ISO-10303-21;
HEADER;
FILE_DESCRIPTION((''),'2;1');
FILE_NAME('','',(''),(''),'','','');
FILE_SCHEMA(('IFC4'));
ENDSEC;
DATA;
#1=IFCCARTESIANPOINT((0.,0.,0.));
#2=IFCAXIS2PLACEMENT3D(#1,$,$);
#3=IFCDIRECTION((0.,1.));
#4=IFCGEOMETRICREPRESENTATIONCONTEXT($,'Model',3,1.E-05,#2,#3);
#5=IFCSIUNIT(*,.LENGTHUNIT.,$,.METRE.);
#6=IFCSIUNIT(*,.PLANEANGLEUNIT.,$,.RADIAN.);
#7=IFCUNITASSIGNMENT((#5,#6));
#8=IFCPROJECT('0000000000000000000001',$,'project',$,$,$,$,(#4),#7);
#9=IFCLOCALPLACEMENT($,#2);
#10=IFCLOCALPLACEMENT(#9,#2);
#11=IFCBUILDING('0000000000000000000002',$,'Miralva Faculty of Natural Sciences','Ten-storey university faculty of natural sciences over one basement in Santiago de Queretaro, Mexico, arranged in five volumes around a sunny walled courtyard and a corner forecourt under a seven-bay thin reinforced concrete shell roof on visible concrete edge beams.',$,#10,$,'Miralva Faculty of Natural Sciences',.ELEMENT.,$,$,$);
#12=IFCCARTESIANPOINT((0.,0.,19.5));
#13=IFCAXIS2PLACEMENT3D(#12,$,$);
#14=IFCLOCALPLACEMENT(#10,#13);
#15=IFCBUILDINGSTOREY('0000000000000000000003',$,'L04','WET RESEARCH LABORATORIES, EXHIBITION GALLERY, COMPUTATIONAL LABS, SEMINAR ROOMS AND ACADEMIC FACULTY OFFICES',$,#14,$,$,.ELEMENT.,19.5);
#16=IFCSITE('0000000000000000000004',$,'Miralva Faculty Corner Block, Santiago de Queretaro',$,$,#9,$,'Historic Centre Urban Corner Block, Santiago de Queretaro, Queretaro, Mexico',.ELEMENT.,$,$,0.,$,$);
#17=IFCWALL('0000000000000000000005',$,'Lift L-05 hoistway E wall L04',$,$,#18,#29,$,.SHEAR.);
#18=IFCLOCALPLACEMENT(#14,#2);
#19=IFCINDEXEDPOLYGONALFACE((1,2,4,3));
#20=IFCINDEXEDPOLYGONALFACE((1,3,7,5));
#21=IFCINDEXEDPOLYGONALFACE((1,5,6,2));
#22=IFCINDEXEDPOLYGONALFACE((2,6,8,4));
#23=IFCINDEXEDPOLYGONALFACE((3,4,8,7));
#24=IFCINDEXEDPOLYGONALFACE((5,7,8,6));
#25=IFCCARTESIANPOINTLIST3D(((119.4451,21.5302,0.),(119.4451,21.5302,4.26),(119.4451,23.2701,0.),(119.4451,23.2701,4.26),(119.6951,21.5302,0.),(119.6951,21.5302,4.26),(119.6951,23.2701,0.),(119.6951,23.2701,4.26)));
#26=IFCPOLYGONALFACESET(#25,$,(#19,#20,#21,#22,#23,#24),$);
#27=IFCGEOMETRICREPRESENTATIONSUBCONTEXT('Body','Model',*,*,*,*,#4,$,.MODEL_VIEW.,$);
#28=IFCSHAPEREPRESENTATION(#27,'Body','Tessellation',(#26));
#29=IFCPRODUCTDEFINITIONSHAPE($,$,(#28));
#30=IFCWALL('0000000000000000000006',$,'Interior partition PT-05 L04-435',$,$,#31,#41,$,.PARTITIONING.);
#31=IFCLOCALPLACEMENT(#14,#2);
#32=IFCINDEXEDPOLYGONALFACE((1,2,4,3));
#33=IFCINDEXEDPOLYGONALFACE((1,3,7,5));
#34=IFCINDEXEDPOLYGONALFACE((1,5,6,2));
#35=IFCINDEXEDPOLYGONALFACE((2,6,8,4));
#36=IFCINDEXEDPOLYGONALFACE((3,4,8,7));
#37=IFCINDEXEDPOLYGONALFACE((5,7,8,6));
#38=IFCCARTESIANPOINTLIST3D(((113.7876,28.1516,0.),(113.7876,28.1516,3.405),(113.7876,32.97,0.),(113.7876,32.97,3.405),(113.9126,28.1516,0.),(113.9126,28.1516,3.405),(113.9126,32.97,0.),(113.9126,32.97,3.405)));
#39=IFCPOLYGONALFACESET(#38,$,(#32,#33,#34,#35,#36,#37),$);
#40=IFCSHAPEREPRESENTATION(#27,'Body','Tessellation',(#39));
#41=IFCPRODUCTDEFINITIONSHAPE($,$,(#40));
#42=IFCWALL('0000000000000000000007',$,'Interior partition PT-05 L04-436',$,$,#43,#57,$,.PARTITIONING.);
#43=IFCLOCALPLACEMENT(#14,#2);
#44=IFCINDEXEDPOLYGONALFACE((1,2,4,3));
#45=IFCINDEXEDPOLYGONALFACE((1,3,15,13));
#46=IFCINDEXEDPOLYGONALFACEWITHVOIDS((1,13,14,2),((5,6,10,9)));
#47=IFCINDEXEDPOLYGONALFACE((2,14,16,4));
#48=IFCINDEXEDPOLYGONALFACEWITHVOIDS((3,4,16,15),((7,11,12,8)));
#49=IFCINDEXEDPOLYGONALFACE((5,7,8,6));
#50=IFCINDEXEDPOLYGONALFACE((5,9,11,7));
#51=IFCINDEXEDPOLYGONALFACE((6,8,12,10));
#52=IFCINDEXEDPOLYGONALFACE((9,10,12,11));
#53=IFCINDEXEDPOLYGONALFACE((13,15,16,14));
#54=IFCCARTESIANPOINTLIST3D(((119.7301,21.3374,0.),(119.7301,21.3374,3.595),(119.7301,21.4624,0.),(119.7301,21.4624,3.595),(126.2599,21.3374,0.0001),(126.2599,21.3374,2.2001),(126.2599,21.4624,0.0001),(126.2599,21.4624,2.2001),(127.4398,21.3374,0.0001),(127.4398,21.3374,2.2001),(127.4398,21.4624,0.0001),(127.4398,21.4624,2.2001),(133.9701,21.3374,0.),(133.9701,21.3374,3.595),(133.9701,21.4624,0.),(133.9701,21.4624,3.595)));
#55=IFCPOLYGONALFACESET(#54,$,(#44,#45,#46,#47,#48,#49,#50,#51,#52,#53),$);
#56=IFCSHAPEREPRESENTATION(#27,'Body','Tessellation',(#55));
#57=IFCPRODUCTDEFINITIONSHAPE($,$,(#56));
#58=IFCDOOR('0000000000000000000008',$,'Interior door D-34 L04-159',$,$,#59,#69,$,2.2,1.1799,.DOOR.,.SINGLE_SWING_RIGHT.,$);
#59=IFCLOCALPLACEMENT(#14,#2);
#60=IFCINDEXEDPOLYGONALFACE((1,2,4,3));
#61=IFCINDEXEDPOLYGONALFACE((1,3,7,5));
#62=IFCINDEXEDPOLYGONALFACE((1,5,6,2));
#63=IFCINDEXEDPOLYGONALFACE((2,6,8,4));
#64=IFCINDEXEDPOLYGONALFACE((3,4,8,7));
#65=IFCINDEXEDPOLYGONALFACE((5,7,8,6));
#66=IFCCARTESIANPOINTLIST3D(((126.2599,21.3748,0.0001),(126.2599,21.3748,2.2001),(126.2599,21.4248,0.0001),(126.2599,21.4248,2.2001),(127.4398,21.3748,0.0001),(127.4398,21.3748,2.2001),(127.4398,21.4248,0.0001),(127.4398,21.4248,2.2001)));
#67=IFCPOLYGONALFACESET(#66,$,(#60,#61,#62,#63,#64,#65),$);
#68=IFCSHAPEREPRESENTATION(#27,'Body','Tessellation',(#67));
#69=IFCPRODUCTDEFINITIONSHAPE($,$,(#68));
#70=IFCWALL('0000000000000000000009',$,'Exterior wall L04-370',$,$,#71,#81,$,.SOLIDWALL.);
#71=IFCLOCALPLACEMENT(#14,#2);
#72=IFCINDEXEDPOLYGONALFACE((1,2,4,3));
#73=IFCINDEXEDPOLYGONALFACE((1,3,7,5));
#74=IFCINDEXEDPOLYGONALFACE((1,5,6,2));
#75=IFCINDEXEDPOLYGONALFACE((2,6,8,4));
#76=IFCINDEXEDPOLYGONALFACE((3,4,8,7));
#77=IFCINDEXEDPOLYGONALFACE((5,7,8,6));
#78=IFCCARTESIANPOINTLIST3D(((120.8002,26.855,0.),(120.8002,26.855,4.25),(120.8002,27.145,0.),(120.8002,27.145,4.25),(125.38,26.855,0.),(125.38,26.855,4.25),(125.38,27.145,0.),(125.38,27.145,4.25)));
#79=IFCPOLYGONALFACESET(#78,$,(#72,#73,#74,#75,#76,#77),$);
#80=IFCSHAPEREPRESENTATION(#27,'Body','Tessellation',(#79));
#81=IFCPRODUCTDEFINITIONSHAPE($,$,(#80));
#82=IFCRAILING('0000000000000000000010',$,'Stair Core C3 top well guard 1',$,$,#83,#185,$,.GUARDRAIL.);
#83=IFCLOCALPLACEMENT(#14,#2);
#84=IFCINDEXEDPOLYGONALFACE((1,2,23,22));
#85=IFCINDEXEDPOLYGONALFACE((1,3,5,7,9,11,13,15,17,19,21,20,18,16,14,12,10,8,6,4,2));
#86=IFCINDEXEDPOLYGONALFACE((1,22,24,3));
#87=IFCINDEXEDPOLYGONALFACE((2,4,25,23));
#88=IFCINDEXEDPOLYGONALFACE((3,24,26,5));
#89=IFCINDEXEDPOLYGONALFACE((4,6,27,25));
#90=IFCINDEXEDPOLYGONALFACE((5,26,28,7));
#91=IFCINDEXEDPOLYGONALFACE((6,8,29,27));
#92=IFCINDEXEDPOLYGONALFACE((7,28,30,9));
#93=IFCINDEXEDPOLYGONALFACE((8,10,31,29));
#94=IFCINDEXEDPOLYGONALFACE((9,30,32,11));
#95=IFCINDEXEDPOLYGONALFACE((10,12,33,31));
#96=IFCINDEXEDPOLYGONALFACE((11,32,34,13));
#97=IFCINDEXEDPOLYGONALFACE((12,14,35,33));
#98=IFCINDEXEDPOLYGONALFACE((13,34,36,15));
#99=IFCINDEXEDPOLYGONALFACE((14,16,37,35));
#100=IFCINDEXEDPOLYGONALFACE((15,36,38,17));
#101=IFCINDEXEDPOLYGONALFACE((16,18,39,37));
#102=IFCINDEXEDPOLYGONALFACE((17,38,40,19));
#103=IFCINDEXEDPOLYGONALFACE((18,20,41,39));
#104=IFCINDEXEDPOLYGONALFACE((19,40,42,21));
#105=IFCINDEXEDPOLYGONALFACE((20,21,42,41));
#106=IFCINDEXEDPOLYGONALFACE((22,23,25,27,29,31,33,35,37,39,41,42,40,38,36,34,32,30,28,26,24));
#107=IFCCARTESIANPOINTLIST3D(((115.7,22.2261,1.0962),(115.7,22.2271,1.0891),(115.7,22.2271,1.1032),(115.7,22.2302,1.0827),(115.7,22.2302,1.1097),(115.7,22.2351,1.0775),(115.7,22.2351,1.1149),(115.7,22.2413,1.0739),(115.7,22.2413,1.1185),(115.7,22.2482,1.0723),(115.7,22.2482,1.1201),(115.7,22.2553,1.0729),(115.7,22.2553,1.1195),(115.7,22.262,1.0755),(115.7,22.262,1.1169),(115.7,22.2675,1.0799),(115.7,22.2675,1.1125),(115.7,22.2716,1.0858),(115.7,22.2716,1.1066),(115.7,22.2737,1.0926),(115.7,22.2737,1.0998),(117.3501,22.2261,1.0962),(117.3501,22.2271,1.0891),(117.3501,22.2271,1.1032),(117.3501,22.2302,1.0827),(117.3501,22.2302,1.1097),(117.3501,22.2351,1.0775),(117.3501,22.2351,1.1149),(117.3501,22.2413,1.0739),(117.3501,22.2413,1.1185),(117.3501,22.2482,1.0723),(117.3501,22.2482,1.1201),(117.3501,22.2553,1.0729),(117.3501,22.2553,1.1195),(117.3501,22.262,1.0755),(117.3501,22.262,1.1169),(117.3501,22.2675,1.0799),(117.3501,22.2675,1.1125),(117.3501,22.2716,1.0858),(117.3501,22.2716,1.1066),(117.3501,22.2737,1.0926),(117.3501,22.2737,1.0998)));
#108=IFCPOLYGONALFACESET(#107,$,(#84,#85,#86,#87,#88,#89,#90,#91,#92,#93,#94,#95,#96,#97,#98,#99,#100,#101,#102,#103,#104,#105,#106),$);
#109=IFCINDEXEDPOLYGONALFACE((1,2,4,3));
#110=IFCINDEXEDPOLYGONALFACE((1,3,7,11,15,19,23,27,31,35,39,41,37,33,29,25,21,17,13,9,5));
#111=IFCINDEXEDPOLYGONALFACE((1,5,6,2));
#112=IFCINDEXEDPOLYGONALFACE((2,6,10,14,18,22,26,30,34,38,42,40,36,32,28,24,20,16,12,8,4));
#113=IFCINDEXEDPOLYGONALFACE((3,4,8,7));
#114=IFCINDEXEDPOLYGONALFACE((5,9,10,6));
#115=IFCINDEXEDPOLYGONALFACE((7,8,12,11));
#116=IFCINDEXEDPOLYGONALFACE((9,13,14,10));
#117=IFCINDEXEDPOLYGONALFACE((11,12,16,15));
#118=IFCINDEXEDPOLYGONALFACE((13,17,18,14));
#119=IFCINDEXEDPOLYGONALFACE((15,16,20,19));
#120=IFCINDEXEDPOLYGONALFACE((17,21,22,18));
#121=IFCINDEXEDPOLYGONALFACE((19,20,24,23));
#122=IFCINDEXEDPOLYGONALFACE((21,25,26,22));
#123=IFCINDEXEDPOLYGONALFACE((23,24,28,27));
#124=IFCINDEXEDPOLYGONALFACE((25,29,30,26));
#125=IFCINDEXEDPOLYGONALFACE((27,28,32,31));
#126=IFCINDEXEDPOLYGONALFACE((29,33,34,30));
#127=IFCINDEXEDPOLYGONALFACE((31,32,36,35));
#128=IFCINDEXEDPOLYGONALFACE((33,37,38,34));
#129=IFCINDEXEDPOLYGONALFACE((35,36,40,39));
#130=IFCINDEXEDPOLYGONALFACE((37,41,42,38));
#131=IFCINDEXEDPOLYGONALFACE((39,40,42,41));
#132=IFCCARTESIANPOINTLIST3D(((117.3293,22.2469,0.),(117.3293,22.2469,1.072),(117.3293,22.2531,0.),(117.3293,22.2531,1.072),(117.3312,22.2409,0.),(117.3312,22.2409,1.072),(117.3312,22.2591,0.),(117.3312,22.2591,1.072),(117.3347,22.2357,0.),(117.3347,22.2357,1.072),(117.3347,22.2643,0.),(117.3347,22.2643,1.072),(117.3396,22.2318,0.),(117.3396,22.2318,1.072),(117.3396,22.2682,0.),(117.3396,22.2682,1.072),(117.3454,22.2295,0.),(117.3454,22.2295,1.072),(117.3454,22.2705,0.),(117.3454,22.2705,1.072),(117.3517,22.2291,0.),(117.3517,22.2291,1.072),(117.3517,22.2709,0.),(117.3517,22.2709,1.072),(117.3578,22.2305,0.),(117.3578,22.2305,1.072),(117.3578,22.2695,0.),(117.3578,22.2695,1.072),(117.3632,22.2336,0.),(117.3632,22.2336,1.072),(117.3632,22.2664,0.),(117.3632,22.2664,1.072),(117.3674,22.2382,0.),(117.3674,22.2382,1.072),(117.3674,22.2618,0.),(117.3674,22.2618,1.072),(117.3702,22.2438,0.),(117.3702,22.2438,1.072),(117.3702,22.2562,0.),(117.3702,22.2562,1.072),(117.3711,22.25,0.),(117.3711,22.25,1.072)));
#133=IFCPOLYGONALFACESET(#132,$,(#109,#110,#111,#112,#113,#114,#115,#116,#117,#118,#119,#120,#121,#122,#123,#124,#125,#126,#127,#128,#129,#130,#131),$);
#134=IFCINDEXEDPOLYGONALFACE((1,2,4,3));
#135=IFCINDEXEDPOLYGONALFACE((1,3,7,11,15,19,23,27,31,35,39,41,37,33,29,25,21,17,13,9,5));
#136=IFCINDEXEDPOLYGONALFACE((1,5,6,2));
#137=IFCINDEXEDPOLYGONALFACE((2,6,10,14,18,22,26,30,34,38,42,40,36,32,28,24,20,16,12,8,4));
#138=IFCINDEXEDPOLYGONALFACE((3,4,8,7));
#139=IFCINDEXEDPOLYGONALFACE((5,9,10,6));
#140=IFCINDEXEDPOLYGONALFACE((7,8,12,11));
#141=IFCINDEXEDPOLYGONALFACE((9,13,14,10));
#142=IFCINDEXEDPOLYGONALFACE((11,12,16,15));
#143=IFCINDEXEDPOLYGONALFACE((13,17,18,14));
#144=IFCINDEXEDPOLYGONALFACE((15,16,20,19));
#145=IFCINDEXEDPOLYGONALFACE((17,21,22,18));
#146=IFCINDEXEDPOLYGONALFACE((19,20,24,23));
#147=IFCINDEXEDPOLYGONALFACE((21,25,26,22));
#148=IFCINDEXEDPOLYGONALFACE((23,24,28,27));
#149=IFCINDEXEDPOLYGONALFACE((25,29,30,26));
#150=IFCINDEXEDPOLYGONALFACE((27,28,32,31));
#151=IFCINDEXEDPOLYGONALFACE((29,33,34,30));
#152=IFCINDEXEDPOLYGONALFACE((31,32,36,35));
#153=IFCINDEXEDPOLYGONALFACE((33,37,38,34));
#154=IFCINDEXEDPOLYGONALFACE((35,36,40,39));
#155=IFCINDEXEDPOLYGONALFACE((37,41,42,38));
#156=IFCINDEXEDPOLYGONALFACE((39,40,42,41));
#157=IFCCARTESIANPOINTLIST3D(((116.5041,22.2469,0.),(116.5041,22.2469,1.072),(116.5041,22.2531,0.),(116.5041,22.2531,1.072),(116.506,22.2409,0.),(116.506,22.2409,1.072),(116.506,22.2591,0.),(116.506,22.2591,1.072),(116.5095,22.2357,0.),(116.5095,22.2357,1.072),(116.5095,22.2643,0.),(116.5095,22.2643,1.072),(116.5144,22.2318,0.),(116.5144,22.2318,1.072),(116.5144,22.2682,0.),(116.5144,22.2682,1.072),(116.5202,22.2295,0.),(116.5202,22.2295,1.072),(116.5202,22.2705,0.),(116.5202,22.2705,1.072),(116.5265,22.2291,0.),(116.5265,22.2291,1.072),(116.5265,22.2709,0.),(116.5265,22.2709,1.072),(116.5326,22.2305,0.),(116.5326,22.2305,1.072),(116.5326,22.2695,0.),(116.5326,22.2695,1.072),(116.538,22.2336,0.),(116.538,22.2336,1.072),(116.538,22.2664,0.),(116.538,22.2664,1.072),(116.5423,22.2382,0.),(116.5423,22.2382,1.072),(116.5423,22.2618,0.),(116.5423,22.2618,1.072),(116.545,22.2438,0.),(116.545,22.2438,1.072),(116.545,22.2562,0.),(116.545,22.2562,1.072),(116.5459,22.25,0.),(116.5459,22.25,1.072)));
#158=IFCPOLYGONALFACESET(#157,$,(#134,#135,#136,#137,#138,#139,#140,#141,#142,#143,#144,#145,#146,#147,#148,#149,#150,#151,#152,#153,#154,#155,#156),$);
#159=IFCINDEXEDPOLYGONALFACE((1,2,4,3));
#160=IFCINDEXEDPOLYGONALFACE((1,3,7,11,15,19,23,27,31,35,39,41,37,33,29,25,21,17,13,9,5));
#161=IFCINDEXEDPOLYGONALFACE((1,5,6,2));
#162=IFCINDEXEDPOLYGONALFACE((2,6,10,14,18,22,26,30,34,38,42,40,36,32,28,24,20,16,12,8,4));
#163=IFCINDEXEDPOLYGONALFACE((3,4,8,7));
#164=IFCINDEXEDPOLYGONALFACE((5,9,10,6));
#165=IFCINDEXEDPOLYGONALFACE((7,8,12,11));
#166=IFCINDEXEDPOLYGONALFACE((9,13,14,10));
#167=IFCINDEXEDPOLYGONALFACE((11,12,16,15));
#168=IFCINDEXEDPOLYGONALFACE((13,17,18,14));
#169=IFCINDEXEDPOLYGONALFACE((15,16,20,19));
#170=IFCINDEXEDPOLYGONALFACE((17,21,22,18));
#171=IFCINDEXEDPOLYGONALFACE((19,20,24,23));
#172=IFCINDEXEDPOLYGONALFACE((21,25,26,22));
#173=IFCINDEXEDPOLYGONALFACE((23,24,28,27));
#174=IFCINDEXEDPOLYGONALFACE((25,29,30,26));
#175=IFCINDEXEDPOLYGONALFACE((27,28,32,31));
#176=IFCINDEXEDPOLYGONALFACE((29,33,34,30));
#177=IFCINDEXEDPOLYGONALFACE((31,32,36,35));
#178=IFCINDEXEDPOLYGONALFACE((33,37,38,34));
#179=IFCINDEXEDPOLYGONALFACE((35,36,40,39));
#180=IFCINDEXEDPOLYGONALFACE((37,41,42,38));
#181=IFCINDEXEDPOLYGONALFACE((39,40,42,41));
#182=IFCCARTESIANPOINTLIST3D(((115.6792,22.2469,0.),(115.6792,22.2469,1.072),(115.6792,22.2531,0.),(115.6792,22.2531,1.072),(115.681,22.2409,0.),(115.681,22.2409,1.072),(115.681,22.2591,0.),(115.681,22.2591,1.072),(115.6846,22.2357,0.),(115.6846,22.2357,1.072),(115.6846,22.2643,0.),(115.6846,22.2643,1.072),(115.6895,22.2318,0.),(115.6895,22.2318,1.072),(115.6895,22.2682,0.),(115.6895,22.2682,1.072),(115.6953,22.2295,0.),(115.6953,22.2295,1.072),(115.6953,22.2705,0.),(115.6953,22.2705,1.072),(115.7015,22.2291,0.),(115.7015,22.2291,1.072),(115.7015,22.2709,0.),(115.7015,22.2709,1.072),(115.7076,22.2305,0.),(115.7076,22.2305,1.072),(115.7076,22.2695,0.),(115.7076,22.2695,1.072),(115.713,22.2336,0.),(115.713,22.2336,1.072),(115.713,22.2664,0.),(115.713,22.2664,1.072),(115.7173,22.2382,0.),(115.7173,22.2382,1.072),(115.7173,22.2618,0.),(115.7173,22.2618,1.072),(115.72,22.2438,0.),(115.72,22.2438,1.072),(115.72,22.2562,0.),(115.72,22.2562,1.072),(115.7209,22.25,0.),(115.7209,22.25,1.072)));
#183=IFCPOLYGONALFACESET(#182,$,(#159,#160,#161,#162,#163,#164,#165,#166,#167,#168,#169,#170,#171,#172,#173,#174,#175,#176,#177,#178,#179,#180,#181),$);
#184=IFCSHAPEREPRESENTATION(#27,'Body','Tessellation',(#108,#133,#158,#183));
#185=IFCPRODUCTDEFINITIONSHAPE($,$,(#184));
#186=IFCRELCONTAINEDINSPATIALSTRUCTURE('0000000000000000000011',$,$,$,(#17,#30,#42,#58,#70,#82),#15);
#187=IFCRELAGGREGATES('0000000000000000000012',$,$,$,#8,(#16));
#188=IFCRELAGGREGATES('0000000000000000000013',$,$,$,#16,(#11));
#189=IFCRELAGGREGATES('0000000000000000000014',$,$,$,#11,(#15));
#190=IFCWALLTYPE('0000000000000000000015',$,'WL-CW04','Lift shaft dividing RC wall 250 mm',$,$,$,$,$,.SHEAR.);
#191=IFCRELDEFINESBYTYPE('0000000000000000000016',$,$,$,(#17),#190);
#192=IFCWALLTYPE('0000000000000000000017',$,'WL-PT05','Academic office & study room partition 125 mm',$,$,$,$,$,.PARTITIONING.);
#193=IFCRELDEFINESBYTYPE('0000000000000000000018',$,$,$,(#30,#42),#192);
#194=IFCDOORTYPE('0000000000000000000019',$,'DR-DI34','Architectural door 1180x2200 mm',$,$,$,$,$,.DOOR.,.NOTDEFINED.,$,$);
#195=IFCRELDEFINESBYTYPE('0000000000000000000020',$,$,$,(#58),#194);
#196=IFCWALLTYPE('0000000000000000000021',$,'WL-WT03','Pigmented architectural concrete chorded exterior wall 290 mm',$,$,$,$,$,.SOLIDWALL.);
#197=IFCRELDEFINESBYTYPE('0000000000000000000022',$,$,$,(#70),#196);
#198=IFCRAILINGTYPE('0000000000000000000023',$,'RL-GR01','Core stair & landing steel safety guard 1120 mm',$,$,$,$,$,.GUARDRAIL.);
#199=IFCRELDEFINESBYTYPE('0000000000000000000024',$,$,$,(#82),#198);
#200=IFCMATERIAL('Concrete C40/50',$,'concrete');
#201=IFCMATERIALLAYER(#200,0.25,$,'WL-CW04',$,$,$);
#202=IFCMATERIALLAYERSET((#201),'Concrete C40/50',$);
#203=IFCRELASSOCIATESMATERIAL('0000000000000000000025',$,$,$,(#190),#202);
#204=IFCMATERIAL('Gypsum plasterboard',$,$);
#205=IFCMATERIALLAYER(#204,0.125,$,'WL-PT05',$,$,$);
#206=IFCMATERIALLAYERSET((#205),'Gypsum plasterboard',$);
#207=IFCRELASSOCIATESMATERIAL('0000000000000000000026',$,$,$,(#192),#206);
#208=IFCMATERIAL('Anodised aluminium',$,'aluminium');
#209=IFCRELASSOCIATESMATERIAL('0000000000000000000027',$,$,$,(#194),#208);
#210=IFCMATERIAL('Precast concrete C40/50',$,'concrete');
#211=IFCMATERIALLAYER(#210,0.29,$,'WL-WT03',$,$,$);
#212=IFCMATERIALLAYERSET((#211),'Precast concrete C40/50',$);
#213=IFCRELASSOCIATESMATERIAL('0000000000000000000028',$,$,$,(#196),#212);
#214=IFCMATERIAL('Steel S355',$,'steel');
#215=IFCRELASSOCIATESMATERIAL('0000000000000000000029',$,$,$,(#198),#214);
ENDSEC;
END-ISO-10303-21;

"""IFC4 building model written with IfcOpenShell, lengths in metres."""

from ifc_helpers import new_model, si_unit, direction, frame, frame_2d, origin, origin_2d, place, context, subcontext, project, spatial, rectangle, circle, extrude, material, layer, layer_set, type_object, element, fill, save


model = new_model("IFC4")

# Units and contexts
model_context = context("Model", 3, precision=1e-05, world=origin(), true_north=direction((0.0, 1.0)))
body_context = subcontext(model_context, "Body", "Model", "MODEL_VIEW")
ifc_project = project(units=[si_unit("LENGTHUNIT", "METRE"), si_unit("PLANEANGLEUNIT", "RADIAN")], contexts=[model_context])

# Site, building, storey
site_placement = place(None, origin())
site = spatial("IfcSite", under=ifc_project, at=site_placement, Name="Miralva Faculty Corner Block, Santiago de Queretaro", LongName="Historic Centre Urban Corner Block, Santiago de Queretaro, Queretaro, Mexico", CompositionType="ELEMENT", RefElevation=0.0)
building_placement = place(site_placement, origin())
building = spatial("IfcBuilding", under=site, at=building_placement, Name="Miralva Faculty of Natural Sciences", Description="Ten-storey university faculty of natural sciences over one basement in Santiago de Queretaro, Mexico, arranged in five volumes around a sunny walled courtyard and a corner forecourt under a seven-bay thin reinforced concrete shell roof on visible concrete edge beams.", LongName="Miralva Faculty of Natural Sciences", CompositionType="ELEMENT")
storey_placement = place(building_placement, frame((0.0, 0.0, 19.5)))
storey = spatial("IfcBuildingStorey", under=building, at=storey_placement, Name="L04", Description="WET RESEARCH LABORATORIES, EXHIBITION GALLERY, COMPUTATIONAL LABS, SEMINAR ROOMS AND ACADEMIC FACULTY OFFICES", CompositionType="ELEMENT", Elevation=19.5)

# Shared definitions
ifc_material_1 = material(Name="Steel S355", Category="steel")

# Shared definitions
ifc_material_2 = material(Name="Anodised aluminium", Category="aluminium")

# Shared definitions
ifc_material_3 = material(Name="Concrete C40/50", Category="concrete")
ifc_layer_1 = layer(ifc_material_3, 0.25, Name="WL-CW04")
ifc_layer_set_1 = layer_set([ifc_layer_1], Name="Concrete C40/50")
wall_type_1 = type_object("IfcWallType", Name="WL-CW04", Description="Lift shaft dividing RC wall 250 mm", PredefinedType="SHEAR", material=ifc_layer_set_1)

# Walls
wall_1_placement = place(storey_placement, frame((119.5701, 21.53, 0.0), z_axis=(0.0, 0.0, 1.0), x_axis=(0.0, 1.0, 0.0)))
element("IfcWall", 1, at=wall_1_placement, inside=storey, type_object=wall_type_1, Name="Lift L-05 hoistway E wall L04", PredefinedType="SHEAR", context=body_context, shape_type="SweptSolid", body=[
    extrude(rectangle(XDim=1.74, YDim=0.25, at=frame_2d((0.8701, 0.0))), origin(), (0.0, 0.0, 1.0), 4.26),
])
ifc_material_4 = material(Name="Gypsum plasterboard")
ifc_layer_2 = layer(ifc_material_4, 0.125, Name="WL-PT05")
ifc_layer_set_2 = layer_set([ifc_layer_2], Name="Gypsum plasterboard")
wall_type_2 = type_object("IfcWallType", Name="WL-PT05", Description="Academic office & study room partition 125 mm", PredefinedType="PARTITIONING", material=ifc_layer_set_2)
wall_2_placement = place(storey_placement, frame((113.8501, 28.1516, 0.0), z_axis=(0.0, 0.0, 1.0), x_axis=(0.0, 1.0, 0.0)))
element("IfcWall", 2, at=wall_2_placement, inside=storey, type_object=wall_type_2, Name="Interior partition PT-05 L04-435", PredefinedType="PARTITIONING", context=body_context, shape_type="SweptSolid", body=[
    extrude(rectangle(XDim=4.8184, YDim=0.125, at=frame_2d((2.4092, 0.0))), origin(), (0.0, 0.0, 1.0), 3.405),
])

# Wall, opening, door
wall_3_placement = place(storey_placement, frame((119.73, 21.3999, 0.0), z_axis=(0.0, 0.0, 1.0), x_axis=(1.0, 0.0, 0.0)))
wall_3 = element("IfcWall", 3, at=wall_3_placement, inside=storey, type_object=wall_type_2, Name="Interior partition PT-05 L04-436", PredefinedType="PARTITIONING", context=body_context, shape_type="SweptSolid", body=[
    extrude(rectangle(XDim=14.24, YDim=0.125, at=frame_2d((7.1201, 0.0))), origin(), (0.0, 0.0, 1.0), 3.595),
])
opening_1_placement = place(wall_3_placement, frame((6.53, 0.0, 0.0)))
opening_1 = element("IfcOpeningElement", 4, at=opening_1_placement, cuts=wall_3, PredefinedType="OPENING", context=body_context, shape_type="SweptSolid", body=[
    extrude(rectangle(XDim=1.1799, YDim=2.2, at=frame_2d((0.5898, 1.1001))), frame((0.0, 0.0725, 0.0), z_axis=(0.0, -1.0, 0.0), x_axis=(1.0, 0.0, 0.0)), (0.0, 0.0, 1.0), 0.145),
])
door_type_1 = type_object("IfcDoorType", Name="DR-DI34", Description="Architectural door 1180x2200 mm", OperationType="NOTDEFINED", PredefinedType="DOOR", material=ifc_material_2)
door_1_placement = place(opening_1_placement, origin())
door_1 = element("IfcDoor", 5, at=door_1_placement, inside=storey, type_object=door_type_1, Name="Interior door D-34 L04-159", OperationType="SINGLE_SWING_RIGHT", OverallHeight=2.2, OverallWidth=1.1799, PredefinedType="DOOR", context=body_context, shape_type="SweptSolid", body=[
    extrude(rectangle(XDim=1.1799, YDim=2.2, at=frame_2d((0.5898, 1.1001))), frame((0.0, 0.0249, 0.0), z_axis=(0.0, -1.0, 0.0), x_axis=(1.0, 0.0, 0.0)), (0.0, 0.0, 1.0), 0.05),
])
fill(opening_1, door_1)

# Wall
ifc_material_5 = material(Name="Precast concrete C40/50", Category="concrete")
ifc_layer_3 = layer(ifc_material_5, 0.29, Name="WL-WT03")
ifc_layer_set_3 = layer_set([ifc_layer_3], Name="Precast concrete C40/50")
wall_type_3 = type_object("IfcWallType", Name="WL-WT03", Description="Pigmented architectural concrete chorded exterior wall 290 mm", PredefinedType="SOLIDWALL", material=ifc_layer_set_3)
wall_4_placement = place(storey_placement, frame((120.8, 27.0, 0.0), z_axis=(0.0, 0.0, 1.0), x_axis=(1.0, 0.0, 0.0)))
element("IfcWall", 6, at=wall_4_placement, inside=storey, type_object=wall_type_3, Name="Exterior wall L04-370", PredefinedType="SOLIDWALL", context=body_context, shape_type="SweptSolid", body=[
    extrude(rectangle(XDim=4.5798, YDim=0.29, at=frame_2d((2.29, 0.0))), origin(), (0.0, 0.0, 1.0), 4.25),
])

# Railing
railing_type = type_object("IfcRailingType", Name="RL-GR01", Description="Core stair & landing steel safety guard 1120 mm", PredefinedType="GUARDRAIL", material=ifc_material_1)
railing_placement = place(storey_placement, frame((117.3501, 22.25, 0.0)))
element("IfcRailing", 7, at=railing_placement, inside=storey, type_object=railing_type, Name="Stair Core C3 top well guard 1", PredefinedType="GUARDRAIL", context=body_context, shape_type="SweptSolid", body=[
    extrude(circle(Radius=0.0239, at=origin_2d()), frame((0.0, 0.0, 1.0962), z_axis=(-1.0, 0.0, 0.0), x_axis=(0.0, -1.0, 0.0)), (0.0, 0.0, 1.0), 1.6501),
    extrude(circle(Radius=0.021, at=origin_2d()), origin(), (0.0, 0.0, 1.0), 1.072),
    extrude(circle(Radius=0.021, at=origin_2d()), frame((-0.8252, 0.0, 0.0)), (0.0, 0.0, 1.0), 1.072),
    extrude(circle(Radius=0.021, at=origin_2d()), frame((-1.6501, 0.0, 0.0)), (0.0, 0.0, 1.0), 1.072),
])

save(model, "model.ifc")
